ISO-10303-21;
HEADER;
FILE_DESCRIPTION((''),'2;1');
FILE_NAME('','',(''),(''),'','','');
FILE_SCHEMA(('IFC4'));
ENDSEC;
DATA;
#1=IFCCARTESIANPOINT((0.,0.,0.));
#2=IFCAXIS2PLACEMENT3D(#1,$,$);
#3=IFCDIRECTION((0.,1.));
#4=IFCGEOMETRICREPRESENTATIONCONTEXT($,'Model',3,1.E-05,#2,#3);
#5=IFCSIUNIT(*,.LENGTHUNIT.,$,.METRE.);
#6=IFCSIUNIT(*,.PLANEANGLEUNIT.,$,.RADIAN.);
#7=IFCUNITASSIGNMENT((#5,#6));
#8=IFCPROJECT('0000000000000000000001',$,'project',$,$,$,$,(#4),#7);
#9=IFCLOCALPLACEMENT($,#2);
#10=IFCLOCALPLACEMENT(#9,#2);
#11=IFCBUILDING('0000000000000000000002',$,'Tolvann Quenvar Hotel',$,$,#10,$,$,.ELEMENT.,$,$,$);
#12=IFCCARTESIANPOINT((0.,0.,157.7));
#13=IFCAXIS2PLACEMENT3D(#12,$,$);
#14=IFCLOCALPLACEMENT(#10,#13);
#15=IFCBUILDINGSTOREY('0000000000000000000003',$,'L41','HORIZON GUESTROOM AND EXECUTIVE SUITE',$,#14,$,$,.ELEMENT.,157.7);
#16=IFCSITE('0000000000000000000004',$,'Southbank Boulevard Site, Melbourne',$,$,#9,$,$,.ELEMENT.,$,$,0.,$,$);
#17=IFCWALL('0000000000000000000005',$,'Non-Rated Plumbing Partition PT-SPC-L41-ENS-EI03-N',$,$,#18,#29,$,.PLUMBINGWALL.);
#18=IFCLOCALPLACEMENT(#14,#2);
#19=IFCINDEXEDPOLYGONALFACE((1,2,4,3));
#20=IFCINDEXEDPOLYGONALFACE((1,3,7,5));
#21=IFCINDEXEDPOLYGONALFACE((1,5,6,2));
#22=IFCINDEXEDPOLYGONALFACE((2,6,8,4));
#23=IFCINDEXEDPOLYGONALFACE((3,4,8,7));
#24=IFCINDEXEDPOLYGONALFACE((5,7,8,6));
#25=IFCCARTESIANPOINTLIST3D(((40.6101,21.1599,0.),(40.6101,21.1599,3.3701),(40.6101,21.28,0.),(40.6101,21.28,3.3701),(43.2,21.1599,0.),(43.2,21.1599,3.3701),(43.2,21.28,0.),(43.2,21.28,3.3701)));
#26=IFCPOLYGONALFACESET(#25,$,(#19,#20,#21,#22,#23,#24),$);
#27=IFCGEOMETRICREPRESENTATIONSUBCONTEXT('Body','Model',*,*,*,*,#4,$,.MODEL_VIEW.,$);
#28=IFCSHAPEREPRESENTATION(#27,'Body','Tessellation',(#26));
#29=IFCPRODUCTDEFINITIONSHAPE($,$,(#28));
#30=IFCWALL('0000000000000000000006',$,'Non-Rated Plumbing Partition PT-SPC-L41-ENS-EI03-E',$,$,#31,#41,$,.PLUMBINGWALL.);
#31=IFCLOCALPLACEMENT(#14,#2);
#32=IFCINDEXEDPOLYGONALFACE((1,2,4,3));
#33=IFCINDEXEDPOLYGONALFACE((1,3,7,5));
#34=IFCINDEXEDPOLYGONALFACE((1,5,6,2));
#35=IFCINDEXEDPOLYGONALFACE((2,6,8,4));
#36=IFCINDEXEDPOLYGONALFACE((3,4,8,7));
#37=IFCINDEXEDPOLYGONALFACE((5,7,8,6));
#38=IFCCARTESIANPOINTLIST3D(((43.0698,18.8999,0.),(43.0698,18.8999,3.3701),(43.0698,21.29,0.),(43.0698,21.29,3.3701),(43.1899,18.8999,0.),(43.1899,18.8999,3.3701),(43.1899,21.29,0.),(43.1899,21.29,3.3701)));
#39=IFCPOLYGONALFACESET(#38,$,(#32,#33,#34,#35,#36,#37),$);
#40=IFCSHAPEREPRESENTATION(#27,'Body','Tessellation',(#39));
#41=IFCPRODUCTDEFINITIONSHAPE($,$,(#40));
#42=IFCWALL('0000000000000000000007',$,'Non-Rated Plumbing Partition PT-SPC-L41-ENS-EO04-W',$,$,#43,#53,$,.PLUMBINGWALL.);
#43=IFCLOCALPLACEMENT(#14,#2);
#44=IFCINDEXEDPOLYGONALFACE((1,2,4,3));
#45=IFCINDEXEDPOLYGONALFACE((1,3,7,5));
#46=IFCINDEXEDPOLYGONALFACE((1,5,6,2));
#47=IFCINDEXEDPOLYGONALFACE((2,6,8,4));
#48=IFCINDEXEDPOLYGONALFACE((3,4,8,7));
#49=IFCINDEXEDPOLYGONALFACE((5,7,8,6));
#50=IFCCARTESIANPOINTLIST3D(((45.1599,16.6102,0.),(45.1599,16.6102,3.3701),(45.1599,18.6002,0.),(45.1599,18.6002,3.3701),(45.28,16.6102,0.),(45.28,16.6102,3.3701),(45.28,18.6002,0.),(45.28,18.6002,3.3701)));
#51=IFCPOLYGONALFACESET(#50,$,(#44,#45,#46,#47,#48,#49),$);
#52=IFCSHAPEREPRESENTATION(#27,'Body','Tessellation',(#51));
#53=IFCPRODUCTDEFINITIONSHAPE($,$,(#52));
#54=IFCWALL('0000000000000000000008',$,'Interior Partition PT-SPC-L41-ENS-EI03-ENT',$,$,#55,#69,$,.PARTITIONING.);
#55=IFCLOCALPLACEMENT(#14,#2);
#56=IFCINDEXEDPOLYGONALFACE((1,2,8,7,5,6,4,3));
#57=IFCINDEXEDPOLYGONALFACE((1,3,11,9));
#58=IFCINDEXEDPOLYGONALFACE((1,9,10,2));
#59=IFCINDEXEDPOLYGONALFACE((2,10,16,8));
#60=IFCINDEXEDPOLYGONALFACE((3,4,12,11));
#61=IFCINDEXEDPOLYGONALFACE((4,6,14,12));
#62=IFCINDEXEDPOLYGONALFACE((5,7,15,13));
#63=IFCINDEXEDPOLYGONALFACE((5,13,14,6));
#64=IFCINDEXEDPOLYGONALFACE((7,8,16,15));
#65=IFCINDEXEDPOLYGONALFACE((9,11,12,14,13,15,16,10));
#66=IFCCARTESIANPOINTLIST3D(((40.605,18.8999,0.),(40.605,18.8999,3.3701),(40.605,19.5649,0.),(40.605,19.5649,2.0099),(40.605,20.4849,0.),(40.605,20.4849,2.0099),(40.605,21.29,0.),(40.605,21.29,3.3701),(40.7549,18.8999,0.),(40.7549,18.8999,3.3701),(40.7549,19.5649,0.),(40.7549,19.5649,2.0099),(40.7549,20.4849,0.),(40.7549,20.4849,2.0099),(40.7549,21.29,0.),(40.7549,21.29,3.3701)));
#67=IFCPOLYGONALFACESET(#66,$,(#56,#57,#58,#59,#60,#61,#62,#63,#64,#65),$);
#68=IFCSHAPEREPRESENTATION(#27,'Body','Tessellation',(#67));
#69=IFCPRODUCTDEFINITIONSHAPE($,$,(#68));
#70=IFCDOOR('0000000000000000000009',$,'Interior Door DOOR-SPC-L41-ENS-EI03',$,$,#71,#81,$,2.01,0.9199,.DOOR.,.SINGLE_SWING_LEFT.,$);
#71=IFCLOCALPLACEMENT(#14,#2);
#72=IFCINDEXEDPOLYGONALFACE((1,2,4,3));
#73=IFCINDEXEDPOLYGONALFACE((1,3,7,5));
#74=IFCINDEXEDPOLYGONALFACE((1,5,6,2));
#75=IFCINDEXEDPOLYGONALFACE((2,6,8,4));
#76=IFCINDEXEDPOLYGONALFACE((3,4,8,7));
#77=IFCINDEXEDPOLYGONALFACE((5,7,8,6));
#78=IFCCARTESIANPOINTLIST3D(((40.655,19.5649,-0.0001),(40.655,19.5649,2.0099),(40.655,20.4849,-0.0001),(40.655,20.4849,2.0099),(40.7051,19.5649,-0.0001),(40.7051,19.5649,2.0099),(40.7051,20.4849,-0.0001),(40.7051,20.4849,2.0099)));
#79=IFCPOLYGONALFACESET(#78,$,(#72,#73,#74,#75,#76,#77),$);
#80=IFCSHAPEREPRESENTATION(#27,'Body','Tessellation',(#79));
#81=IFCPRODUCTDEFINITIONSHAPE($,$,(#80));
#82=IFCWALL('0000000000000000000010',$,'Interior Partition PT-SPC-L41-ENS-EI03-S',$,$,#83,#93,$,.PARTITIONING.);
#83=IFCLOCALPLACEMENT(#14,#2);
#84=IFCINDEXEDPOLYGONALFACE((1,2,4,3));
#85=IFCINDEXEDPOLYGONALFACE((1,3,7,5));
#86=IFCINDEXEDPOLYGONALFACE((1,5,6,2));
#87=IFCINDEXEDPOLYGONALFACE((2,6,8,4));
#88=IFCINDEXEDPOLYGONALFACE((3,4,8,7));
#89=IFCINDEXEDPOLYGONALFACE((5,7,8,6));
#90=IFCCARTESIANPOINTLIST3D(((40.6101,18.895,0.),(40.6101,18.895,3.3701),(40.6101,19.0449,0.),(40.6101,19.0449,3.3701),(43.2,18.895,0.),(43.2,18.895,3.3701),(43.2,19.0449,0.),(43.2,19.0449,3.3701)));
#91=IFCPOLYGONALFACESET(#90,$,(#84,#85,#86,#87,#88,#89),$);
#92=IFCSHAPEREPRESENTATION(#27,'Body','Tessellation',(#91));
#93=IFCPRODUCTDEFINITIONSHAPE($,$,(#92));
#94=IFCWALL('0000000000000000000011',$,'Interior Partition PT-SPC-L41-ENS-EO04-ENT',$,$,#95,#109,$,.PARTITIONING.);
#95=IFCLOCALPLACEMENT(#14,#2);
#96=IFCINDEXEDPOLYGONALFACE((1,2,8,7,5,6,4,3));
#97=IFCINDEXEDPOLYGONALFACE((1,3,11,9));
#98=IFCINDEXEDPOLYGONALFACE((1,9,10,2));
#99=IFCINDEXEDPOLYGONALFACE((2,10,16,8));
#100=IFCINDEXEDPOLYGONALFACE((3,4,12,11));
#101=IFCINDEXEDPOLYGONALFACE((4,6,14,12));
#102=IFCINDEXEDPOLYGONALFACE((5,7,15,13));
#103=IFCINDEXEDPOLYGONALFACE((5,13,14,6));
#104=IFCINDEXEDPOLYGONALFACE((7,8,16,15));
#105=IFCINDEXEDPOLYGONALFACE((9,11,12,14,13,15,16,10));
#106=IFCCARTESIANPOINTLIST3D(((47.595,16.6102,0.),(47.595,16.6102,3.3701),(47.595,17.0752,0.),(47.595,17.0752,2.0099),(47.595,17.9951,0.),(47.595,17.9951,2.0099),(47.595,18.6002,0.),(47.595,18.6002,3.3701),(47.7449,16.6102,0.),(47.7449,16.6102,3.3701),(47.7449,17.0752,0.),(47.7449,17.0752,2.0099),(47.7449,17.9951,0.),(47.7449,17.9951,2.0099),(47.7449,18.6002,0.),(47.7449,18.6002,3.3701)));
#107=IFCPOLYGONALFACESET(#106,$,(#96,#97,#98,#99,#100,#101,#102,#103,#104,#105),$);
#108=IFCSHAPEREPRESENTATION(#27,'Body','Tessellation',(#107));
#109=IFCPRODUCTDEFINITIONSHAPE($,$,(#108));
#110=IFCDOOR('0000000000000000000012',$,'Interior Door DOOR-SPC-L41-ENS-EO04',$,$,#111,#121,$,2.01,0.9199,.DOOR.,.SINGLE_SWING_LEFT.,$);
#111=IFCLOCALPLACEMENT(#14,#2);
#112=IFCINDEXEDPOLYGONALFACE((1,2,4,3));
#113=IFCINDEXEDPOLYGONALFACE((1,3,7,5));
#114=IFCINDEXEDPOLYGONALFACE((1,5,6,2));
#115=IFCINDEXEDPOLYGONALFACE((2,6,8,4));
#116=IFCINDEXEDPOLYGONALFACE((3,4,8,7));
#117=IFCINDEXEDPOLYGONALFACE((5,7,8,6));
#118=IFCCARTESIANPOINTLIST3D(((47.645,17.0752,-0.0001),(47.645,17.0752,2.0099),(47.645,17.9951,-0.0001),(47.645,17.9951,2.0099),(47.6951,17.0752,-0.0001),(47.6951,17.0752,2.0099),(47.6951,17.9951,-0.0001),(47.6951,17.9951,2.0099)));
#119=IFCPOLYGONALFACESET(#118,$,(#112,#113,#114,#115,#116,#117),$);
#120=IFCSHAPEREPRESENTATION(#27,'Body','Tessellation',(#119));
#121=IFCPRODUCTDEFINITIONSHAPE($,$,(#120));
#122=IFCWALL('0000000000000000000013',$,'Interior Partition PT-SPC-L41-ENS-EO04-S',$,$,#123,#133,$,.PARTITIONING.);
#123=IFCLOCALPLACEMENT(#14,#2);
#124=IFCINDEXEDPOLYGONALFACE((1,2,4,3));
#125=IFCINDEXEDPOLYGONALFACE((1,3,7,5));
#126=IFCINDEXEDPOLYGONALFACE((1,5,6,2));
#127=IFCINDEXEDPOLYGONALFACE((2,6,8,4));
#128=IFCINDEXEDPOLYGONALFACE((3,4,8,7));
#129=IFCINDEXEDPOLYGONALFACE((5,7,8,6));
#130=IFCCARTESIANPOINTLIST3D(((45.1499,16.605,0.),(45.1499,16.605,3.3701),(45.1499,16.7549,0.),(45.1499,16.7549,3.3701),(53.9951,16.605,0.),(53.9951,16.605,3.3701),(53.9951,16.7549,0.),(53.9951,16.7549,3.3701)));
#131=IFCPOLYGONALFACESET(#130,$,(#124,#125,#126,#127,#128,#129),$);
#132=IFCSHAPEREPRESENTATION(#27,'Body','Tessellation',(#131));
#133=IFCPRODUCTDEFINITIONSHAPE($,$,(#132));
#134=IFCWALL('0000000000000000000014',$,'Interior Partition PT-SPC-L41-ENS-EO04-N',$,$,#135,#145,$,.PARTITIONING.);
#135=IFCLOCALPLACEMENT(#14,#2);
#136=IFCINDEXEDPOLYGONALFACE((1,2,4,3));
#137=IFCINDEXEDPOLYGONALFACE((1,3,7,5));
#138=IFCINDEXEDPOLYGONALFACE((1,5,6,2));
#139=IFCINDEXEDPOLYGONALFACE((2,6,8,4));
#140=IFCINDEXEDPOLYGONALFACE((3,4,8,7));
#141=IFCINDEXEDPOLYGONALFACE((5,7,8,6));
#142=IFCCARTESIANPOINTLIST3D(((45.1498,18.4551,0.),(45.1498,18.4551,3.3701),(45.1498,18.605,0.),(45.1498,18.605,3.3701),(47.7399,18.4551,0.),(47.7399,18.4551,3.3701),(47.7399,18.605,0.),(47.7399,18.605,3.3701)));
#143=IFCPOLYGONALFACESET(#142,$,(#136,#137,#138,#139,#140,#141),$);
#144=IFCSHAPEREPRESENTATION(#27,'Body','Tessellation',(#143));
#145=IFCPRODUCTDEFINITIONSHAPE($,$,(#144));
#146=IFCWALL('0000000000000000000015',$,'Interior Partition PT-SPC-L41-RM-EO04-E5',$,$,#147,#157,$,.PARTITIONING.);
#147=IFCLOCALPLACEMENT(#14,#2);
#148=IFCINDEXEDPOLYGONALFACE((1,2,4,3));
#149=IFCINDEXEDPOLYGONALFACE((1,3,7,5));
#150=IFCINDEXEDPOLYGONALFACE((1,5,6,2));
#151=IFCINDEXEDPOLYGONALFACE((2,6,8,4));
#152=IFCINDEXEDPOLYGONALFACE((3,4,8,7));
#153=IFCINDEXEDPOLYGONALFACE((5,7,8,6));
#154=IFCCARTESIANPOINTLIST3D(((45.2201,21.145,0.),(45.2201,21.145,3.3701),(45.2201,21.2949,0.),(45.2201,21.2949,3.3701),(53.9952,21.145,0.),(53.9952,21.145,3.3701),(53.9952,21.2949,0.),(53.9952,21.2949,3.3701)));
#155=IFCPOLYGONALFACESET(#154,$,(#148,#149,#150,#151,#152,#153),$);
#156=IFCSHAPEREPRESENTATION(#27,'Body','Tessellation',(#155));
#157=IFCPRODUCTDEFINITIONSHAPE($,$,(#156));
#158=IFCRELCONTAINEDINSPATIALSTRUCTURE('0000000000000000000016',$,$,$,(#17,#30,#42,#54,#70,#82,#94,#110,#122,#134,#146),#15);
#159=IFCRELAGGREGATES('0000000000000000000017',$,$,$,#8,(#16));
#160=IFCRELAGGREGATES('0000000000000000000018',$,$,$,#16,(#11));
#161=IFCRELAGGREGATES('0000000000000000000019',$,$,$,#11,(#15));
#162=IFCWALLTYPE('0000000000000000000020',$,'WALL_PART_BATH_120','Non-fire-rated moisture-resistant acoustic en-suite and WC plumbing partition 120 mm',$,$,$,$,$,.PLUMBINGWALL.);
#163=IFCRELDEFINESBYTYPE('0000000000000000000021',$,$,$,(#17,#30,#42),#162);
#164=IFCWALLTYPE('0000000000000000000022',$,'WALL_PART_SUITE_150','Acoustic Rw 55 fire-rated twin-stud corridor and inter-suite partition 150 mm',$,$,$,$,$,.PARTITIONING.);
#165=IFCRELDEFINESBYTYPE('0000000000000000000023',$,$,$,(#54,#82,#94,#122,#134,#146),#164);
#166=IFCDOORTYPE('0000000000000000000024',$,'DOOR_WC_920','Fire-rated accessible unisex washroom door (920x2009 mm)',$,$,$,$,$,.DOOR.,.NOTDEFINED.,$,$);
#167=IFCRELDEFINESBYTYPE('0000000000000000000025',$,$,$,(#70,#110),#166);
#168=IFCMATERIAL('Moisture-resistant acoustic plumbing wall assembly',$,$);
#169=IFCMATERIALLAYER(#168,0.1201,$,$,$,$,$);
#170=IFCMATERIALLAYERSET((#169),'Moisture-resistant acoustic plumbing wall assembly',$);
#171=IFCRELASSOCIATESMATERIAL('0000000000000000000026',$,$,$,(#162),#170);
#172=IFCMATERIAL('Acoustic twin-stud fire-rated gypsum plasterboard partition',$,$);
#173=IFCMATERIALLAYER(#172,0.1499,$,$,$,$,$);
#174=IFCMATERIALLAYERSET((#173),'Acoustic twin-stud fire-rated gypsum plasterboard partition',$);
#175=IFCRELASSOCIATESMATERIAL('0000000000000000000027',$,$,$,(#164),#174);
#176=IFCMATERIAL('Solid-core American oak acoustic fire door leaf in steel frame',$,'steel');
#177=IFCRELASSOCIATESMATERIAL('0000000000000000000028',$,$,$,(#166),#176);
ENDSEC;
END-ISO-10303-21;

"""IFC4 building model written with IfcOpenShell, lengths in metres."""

from ifc_helpers import new_model, si_unit, direction, frame, frame_2d, origin, place, context, subcontext, project, spatial, rectangle, extrude, source, transform, mapped, material, layer, layer_set, type_object, type_shapes, element, fill, save


model = new_model("IFC4")

# Units and contexts
model_context = context("Model", 3, precision=1e-05, world=origin(), true_north=direction((0.0, 1.0)))
body_context = subcontext(model_context, "Body", "Model", "MODEL_VIEW")
ifc_project = project(units=[si_unit("LENGTHUNIT", "METRE"), si_unit("PLANEANGLEUNIT", "RADIAN")], contexts=[model_context])

# Site, building, storey
site_placement = place(None, origin())
site = spatial("IfcSite", under=ifc_project, at=site_placement, Name="Southbank Boulevard Site, Melbourne", CompositionType="ELEMENT", RefElevation=0.0)
building_placement = place(site_placement, origin())
building = spatial("IfcBuilding", under=site, at=building_placement, Name="Tolvann Quenvar Hotel", CompositionType="ELEMENT")
storey_placement = place(building_placement, frame((0.0, 0.0, 157.7)))
storey = spatial("IfcBuildingStorey", under=building, at=storey_placement, Name="L41", Description="HORIZON GUESTROOM AND EXECUTIVE SUITE", CompositionType="ELEMENT", Elevation=157.7)

# Walls
ifc_material_1 = material(Name="Moisture-resistant acoustic plumbing wall assembly")
ifc_layer_1 = layer(ifc_material_1, 0.1201)
ifc_layer_set_1 = layer_set([ifc_layer_1], Name="Moisture-resistant acoustic plumbing wall assembly")
wall_type_1 = type_object("IfcWallType", Name="WALL_PART_BATH_120", Description="Non-fire-rated moisture-resistant acoustic en-suite and WC plumbing partition 120 mm", PredefinedType="PLUMBINGWALL", material=ifc_layer_set_1)
wall_1_placement = place(storey_placement, frame((40.6101, 21.22, 0.0), z_axis=(0.0, 0.0, 1.0), x_axis=(1.0, 0.0, 0.0)))
element("IfcWall", 1, at=wall_1_placement, inside=storey, type_object=wall_type_1, Name="Non-Rated Plumbing Partition PT-SPC-L41-ENS-EI03-N", PredefinedType="PLUMBINGWALL", context=body_context, shape_type="SweptSolid", body=[
    extrude(rectangle(XDim=2.5898, YDim=0.1201, at=frame_2d((1.2949, 0.0))), origin(), (0.0, 0.0, 1.0), 3.3701),
])
wall_2_placement = place(storey_placement, frame((43.1299, 18.8999, 0.0), z_axis=(0.0, 0.0, 1.0), x_axis=(0.0, 1.0, 0.0)))
element("IfcWall", 2, at=wall_2_placement, inside=storey, type_object=wall_type_1, Name="Non-Rated Plumbing Partition PT-SPC-L41-ENS-EI03-E", PredefinedType="PLUMBINGWALL", context=body_context, shape_type="SweptSolid", body=[
    extrude(rectangle(XDim=2.3901, YDim=0.1201, at=frame_2d((1.1951, 0.0))), origin(), (0.0, 0.0, 1.0), 3.3701),
])
wall_3_placement = place(storey_placement, frame((45.22, 16.6101, 0.0), z_axis=(0.0, 0.0, 1.0), x_axis=(0.0, 1.0, 0.0)))
element("IfcWall", 3, at=wall_3_placement, inside=storey, type_object=wall_type_1, Name="Non-Rated Plumbing Partition PT-SPC-L41-ENS-EO04-W", PredefinedType="PLUMBINGWALL", context=body_context, shape_type="SweptSolid", body=[
    extrude(rectangle(XDim=1.99, YDim=0.1201, at=frame_2d((0.9951, 0.0))), origin(), (0.0, 0.0, 1.0), 3.3701),
])

# Wall, opening, door
ifc_material_2 = material(Name="Acoustic twin-stud fire-rated gypsum plasterboard partition")
ifc_layer_2 = layer(ifc_material_2, 0.1499)
ifc_layer_set_2 = layer_set([ifc_layer_2], Name="Acoustic twin-stud fire-rated gypsum plasterboard partition")
wall_type_2 = type_object("IfcWallType", Name="WALL_PART_SUITE_150", Description="Acoustic Rw 55 fire-rated twin-stud corridor and inter-suite partition 150 mm", PredefinedType="PARTITIONING", material=ifc_layer_set_2)
wall_4_placement = place(storey_placement, frame((40.6799, 18.8999, 0.0), z_axis=(0.0, 0.0, 1.0), x_axis=(0.0, 1.0, 0.0)))
wall_4 = element("IfcWall", 4, at=wall_4_placement, inside=storey, type_object=wall_type_2, Name="Interior Partition PT-SPC-L41-ENS-EI03-ENT", PredefinedType="PARTITIONING", context=body_context, shape_type="SweptSolid", body=[
    extrude(rectangle(XDim=2.3901, YDim=0.1499, at=frame_2d((1.1951, 0.0))), origin(), (0.0, 0.0, 1.0), 3.3701),
])
opening_1_placement = place(wall_4_placement, frame((0.665, 0.0, 0.0)))
opening_1 = element("IfcOpeningElement", 5, at=opening_1_placement, cuts=wall_4, PredefinedType="OPENING", context=body_context, shape_type="SweptSolid", body=[
    extrude(rectangle(XDim=0.9199, YDim=2.01, at=frame_2d((0.46, 1.0049))), frame((0.0, 0.085, 0.0), z_axis=(0.0, -1.0, 0.0), x_axis=(1.0, 0.0, 0.0)), (0.0, 0.0, 1.0), 0.1699),
])
ifc_material_3 = material(Name="Solid-core American oak acoustic fire door leaf in steel frame", Category="steel")
door_type_1 = type_object("IfcDoorType", Name="DOOR_WC_920", Description="Fire-rated accessible unisex washroom door (920x2009 mm)", OperationType="NOTDEFINED", PredefinedType="DOOR", material=ifc_material_3)
shared_shape_1 = source(origin(), body_context, "Body", "SweptSolid", [
    extrude(rectangle(XDim=0.9199, YDim=2.01, at=frame_2d((0.46, 1.0049))), frame((0.0, 0.0249, 0.0), z_axis=(0.0, -1.0, 0.0), x_axis=(1.0, 0.0, 0.0)), (0.0, 0.0, 1.0), 0.05),
])
type_shapes(door_type_1, [shared_shape_1])
door_1_placement = place(opening_1_placement, origin())
door_1 = element("IfcDoor", 6, at=door_1_placement, inside=storey, type_object=door_type_1, Name="Interior Door DOOR-SPC-L41-ENS-EI03", OperationType="SINGLE_SWING_LEFT", OverallHeight=2.01, OverallWidth=0.9199, PredefinedType="DOOR", context=body_context, shape_type="MappedRepresentation", body=[
    mapped(shared_shape_1, transform((0.0, 0.0, 0.0), x_axis=(1.0, 0.0, 0.0), y_axis=(0.0, 1.0, 0.0), z_axis=(0.0, 0.0, 1.0), scale=1.0)),
])
fill(opening_1, door_1)

# Wall
wall_5_placement = place(storey_placement, frame((40.6101, 18.97, 0.0), z_axis=(0.0, 0.0, 1.0), x_axis=(1.0, 0.0, 0.0)))
element("IfcWall", 7, at=wall_5_placement, inside=storey, type_object=wall_type_2, Name="Interior Partition PT-SPC-L41-ENS-EI03-S", PredefinedType="PARTITIONING", context=body_context, shape_type="SweptSolid", body=[
    extrude(rectangle(XDim=2.5898, YDim=0.1499, at=frame_2d((1.2949, 0.0))), origin(), (0.0, 0.0, 1.0), 3.3701),
])

# Wall, opening, door
wall_6_placement = place(storey_placement, frame((47.6699, 16.6101, 0.0), z_axis=(0.0, 0.0, 1.0), x_axis=(0.0, 1.0, 0.0)))
wall_6 = element("IfcWall", 8, at=wall_6_placement, inside=storey, type_object=wall_type_2, Name="Interior Partition PT-SPC-L41-ENS-EO04-ENT", PredefinedType="PARTITIONING", context=body_context, shape_type="SweptSolid", body=[
    extrude(rectangle(XDim=1.99, YDim=0.1499, at=frame_2d((0.9951, 0.0))), origin(), (0.0, 0.0, 1.0), 3.3701),
])
opening_2_placement = place(wall_6_placement, frame((0.4651, 0.0, 0.0)))
opening_2 = element("IfcOpeningElement", 9, at=opening_2_placement, cuts=wall_6, PredefinedType="OPENING", context=body_context, shape_type="SweptSolid", body=[
    extrude(rectangle(XDim=0.9199, YDim=2.01, at=frame_2d((0.46, 1.0049))), frame((0.0, 0.085, 0.0), z_axis=(0.0, -1.0, 0.0), x_axis=(1.0, 0.0, 0.0)), (0.0, 0.0, 1.0), 0.1699),
])
door_2_placement = place(opening_2_placement, origin())
door_2 = element("IfcDoor", 10, at=door_2_placement, inside=storey, type_object=door_type_1, Name="Interior Door DOOR-SPC-L41-ENS-EO04", OperationType="SINGLE_SWING_LEFT", OverallHeight=2.01, OverallWidth=0.9199, PredefinedType="DOOR", context=body_context, shape_type="MappedRepresentation", body=[
    mapped(shared_shape_1, transform((0.0, 0.0, 0.0), x_axis=(1.0, 0.0, 0.0), y_axis=(0.0, 1.0, 0.0), z_axis=(0.0, 0.0, 1.0), scale=1.0)),
])
fill(opening_2, door_2)

# Walls
wall_7_placement = place(storey_placement, frame((45.1499, 16.6799, 0.0), z_axis=(0.0, 0.0, 1.0), x_axis=(1.0, 0.0, 0.0)))
element("IfcWall", 11, at=wall_7_placement, inside=storey, type_object=wall_type_2, Name="Interior Partition PT-SPC-L41-ENS-EO04-S", PredefinedType="PARTITIONING", context=body_context, shape_type="SweptSolid", body=[
    extrude(rectangle(XDim=8.8452, YDim=0.1499, at=frame_2d((4.4226, 0.0))), origin(), (0.0, 0.0, 1.0), 3.3701),
])
wall_8_placement = place(storey_placement, frame((45.1499, 18.53, 0.0), z_axis=(0.0, 0.0, 1.0), x_axis=(1.0, 0.0, 0.0)))
element("IfcWall", 12, at=wall_8_placement, inside=storey, type_object=wall_type_2, Name="Interior Partition PT-SPC-L41-ENS-EO04-N", PredefinedType="PARTITIONING", context=body_context, shape_type="SweptSolid", body=[
    extrude(rectangle(XDim=2.5901, YDim=0.1499, at=frame_2d((1.2949, 0.0))), origin(), (0.0, 0.0, 1.0), 3.3701),
])

# Wall
wall_9_placement = place(storey_placement, frame((45.22, 21.22, 0.0), z_axis=(0.0, 0.0, 1.0), x_axis=(1.0, 0.0, 0.0)))
element("IfcWall", 13, at=wall_9_placement, inside=storey, type_object=wall_type_2, Name="Interior Partition PT-SPC-L41-RM-EO04-E5", PredefinedType="PARTITIONING", context=body_context, shape_type="SweptSolid", body=[
    extrude(rectangle(XDim=8.7751, YDim=0.1499, at=frame_2d((4.3877, 0.0))), origin(), (0.0, 0.0, 1.0), 3.3701),
])

save(model, "model.ifc")
